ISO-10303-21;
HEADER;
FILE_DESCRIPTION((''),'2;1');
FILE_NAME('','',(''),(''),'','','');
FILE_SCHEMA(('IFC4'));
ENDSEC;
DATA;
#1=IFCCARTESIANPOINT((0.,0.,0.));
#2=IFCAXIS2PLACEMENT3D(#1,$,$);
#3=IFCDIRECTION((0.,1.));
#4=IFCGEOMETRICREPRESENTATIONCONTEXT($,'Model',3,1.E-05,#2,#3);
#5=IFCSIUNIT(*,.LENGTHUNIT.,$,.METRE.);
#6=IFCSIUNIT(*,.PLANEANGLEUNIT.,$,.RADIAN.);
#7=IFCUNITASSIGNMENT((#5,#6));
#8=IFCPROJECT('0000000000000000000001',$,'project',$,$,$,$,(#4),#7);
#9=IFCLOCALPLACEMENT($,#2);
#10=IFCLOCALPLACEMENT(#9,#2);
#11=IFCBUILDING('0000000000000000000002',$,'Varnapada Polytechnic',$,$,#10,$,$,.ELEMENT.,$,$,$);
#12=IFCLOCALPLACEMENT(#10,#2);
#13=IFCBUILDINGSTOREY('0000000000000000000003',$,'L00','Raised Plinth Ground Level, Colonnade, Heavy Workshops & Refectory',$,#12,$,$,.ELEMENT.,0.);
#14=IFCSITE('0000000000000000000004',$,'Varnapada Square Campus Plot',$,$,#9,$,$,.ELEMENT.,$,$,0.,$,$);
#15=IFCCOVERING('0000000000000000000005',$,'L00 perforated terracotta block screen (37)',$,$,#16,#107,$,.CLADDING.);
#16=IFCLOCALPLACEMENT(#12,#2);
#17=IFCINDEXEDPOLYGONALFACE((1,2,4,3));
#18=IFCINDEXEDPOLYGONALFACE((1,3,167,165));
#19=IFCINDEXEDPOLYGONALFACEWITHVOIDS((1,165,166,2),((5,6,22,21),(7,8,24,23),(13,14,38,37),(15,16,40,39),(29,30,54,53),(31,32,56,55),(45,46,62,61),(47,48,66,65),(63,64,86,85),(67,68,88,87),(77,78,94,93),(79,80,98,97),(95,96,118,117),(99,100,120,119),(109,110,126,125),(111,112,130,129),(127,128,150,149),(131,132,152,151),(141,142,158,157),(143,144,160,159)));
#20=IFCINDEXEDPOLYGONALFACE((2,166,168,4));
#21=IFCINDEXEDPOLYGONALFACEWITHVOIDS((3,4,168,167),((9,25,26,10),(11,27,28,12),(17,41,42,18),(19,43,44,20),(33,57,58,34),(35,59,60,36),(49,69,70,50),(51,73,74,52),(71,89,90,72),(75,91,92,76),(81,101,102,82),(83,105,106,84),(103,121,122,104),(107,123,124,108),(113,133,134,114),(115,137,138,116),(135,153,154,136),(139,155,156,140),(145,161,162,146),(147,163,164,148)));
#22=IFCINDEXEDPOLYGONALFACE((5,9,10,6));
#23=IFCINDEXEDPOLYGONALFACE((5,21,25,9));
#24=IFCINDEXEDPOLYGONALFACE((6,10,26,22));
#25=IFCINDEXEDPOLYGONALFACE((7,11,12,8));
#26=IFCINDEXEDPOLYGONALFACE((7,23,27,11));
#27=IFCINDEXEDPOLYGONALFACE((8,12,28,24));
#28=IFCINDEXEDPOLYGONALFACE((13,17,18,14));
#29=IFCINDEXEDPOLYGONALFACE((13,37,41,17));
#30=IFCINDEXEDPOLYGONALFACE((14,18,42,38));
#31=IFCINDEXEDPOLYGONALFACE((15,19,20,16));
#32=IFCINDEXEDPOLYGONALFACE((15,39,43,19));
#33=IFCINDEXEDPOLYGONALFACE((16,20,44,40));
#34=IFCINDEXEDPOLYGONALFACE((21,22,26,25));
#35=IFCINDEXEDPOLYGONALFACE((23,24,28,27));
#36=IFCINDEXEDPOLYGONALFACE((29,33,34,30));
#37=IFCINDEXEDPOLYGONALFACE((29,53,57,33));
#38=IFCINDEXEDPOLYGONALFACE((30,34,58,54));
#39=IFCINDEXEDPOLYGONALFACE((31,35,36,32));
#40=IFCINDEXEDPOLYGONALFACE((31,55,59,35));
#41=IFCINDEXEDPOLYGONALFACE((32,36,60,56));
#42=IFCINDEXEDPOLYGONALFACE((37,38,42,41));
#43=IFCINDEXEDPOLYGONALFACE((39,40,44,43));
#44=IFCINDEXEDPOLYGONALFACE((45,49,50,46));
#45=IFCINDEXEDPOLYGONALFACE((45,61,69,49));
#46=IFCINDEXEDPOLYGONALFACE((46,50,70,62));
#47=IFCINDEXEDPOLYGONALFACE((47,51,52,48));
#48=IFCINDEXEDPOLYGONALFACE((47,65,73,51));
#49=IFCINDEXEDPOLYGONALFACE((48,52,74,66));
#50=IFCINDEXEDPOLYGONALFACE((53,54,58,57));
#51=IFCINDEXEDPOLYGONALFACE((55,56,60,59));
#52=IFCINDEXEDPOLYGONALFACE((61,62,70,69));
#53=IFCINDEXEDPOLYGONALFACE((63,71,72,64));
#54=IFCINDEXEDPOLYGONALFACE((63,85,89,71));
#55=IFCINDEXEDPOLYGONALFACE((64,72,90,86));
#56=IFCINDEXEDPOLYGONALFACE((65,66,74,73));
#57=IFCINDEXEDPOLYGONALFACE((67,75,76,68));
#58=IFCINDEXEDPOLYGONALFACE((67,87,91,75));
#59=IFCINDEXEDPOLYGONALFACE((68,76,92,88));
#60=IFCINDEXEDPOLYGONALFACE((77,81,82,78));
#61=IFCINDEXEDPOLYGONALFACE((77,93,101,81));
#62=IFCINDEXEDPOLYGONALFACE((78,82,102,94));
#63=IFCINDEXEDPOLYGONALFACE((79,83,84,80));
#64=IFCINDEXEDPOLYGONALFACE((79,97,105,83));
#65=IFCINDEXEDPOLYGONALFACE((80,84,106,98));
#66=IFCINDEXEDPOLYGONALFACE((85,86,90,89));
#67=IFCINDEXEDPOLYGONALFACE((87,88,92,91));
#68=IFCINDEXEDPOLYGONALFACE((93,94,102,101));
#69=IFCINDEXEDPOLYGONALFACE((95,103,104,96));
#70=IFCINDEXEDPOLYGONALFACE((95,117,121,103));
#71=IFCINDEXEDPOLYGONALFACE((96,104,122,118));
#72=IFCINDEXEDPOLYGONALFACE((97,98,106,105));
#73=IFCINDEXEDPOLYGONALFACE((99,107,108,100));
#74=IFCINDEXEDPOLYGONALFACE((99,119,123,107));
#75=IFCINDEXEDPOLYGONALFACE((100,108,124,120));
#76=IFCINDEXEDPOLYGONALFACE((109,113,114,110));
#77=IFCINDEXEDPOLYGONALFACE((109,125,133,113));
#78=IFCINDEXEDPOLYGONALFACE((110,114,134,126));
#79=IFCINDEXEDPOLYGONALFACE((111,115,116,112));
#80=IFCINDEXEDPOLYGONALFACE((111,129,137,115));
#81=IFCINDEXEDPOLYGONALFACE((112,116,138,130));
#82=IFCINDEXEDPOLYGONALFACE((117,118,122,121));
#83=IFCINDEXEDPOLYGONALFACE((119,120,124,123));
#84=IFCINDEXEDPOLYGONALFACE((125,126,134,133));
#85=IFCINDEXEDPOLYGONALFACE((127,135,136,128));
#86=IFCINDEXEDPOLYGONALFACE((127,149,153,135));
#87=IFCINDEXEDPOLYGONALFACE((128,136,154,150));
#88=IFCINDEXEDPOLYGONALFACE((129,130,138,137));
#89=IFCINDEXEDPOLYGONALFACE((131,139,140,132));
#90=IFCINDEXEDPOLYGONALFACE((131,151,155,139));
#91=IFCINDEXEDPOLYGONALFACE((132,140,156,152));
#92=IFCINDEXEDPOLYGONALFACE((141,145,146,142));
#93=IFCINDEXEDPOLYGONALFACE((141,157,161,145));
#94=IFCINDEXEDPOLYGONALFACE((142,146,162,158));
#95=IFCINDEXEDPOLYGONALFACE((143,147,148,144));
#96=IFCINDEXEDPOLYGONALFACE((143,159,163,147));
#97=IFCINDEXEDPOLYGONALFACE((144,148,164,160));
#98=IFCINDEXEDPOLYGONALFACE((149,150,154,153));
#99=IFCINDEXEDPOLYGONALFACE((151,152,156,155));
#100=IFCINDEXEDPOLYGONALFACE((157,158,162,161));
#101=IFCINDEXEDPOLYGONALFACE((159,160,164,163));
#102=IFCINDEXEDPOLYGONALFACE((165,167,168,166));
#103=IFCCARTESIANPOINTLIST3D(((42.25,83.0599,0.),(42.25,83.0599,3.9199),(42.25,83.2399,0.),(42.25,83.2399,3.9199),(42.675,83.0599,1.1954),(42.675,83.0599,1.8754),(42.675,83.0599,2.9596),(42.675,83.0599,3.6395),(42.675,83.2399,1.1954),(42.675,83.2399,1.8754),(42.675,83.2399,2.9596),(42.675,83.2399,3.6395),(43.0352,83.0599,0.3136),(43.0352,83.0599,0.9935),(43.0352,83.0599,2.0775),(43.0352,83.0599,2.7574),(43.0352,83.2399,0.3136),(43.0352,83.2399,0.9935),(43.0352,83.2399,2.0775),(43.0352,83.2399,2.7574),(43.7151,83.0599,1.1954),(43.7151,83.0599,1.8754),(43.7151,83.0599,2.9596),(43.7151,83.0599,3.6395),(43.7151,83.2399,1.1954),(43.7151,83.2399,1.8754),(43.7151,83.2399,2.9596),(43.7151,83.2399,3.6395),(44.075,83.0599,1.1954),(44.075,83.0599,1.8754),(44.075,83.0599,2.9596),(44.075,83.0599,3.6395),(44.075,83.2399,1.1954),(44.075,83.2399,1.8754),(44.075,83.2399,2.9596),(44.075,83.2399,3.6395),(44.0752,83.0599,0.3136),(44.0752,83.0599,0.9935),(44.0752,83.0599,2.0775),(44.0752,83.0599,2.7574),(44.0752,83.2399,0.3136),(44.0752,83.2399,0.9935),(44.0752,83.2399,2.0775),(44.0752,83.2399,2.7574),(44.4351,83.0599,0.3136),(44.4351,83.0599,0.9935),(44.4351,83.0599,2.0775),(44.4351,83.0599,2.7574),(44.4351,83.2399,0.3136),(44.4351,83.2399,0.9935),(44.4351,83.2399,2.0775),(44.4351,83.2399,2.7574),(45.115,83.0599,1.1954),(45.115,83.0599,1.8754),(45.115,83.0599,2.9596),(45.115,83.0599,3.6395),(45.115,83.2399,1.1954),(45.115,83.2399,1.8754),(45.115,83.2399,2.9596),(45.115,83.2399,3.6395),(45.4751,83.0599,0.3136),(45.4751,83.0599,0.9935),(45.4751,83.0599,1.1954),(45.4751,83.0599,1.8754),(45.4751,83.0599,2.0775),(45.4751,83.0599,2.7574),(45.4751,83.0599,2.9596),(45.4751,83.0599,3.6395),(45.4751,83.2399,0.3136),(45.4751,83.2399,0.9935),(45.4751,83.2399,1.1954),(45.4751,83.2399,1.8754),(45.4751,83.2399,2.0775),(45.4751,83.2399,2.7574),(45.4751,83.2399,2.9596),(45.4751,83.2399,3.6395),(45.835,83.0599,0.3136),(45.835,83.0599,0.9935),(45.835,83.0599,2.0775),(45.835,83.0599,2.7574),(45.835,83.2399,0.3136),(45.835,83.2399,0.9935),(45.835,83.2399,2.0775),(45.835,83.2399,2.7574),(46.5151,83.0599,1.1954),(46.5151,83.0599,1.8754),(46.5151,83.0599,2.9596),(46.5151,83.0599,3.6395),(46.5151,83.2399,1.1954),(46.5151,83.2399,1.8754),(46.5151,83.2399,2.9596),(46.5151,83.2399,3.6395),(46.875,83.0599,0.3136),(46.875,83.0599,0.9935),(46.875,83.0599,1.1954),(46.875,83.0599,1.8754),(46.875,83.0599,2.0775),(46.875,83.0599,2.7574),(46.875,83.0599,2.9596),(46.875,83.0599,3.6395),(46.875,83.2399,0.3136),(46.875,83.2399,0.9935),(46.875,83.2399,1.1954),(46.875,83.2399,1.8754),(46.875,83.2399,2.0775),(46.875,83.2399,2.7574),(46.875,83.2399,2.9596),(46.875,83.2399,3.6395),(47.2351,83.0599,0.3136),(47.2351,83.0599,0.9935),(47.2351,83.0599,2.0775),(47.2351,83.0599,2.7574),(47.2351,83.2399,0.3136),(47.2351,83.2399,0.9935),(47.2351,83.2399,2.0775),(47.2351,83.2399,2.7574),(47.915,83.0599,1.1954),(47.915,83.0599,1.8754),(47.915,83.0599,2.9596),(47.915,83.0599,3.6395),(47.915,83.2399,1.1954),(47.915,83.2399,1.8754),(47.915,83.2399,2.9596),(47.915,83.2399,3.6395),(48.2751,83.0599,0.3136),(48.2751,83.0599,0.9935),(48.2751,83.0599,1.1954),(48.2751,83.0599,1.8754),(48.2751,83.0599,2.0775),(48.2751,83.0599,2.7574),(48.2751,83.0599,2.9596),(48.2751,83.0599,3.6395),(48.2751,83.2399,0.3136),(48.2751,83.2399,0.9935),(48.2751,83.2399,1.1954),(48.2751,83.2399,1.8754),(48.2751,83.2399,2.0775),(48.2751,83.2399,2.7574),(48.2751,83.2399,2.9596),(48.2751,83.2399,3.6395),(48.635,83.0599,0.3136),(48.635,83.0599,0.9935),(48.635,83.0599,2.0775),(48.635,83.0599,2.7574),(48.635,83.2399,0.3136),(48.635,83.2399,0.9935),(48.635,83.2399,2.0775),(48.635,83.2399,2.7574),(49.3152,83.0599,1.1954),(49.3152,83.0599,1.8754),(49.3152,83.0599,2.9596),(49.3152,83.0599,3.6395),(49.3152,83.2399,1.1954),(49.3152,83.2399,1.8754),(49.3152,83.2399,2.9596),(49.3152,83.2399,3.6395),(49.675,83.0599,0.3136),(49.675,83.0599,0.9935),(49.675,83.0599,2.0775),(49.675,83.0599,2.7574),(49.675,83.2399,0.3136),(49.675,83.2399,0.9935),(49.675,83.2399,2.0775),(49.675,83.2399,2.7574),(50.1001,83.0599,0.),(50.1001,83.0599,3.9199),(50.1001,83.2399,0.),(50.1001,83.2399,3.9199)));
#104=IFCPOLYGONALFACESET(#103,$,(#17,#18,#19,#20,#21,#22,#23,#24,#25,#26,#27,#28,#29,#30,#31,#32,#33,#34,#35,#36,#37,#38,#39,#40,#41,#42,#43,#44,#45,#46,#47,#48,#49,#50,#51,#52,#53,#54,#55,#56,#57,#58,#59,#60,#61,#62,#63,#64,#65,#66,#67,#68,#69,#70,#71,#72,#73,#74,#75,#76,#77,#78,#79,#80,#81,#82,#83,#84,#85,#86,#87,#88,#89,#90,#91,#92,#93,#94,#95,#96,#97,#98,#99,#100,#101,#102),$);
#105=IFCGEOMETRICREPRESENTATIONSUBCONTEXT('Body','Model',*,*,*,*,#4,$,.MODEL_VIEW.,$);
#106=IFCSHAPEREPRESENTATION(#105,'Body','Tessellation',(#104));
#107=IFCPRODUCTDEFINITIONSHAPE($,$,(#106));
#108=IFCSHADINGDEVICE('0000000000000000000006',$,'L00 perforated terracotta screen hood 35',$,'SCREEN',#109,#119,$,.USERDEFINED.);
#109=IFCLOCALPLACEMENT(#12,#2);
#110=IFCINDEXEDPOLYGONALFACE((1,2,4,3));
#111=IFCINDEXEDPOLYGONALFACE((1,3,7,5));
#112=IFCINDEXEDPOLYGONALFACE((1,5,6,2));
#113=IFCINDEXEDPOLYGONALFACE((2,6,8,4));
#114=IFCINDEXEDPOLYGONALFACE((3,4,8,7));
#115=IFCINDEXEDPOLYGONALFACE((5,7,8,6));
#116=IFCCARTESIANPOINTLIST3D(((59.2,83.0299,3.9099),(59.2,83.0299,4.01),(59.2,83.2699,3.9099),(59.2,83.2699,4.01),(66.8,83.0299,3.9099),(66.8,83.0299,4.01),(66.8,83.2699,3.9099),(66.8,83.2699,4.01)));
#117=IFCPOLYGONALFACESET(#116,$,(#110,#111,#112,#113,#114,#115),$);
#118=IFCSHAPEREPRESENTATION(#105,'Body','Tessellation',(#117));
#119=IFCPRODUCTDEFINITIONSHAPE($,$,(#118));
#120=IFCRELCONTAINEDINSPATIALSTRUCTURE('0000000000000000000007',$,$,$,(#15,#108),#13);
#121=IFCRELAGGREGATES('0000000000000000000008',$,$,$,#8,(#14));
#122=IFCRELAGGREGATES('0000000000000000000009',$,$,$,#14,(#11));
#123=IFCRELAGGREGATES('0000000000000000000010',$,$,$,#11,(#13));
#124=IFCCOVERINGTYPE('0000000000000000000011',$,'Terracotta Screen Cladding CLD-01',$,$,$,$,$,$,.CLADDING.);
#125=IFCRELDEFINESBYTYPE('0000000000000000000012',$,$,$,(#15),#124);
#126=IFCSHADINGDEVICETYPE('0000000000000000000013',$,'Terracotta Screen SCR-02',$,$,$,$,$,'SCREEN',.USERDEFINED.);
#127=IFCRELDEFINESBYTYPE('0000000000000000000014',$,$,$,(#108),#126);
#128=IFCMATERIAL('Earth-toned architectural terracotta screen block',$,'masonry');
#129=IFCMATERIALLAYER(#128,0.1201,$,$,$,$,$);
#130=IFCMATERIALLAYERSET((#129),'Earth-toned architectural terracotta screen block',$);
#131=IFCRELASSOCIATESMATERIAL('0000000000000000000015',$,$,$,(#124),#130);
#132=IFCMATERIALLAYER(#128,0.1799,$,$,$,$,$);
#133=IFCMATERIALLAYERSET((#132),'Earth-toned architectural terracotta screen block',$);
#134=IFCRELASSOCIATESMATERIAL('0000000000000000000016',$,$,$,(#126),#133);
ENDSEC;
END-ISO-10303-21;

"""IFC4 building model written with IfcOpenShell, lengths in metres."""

from ifc_helpers import new_model, si_unit, direction, frame, frame_2d, origin, origin_2d, place, context, subcontext, project, spatial, rectangle, extrude, material, layer, layer_set, type_object, element, save


model = new_model("IFC4")

# Units and contexts
model_context = context("Model", 3, precision=1e-05, world=origin(), true_north=direction((0.0, 1.0)))
body_context = subcontext(model_context, "Body", "Model", "MODEL_VIEW")
ifc_project = project(units=[si_unit("LENGTHUNIT", "METRE"), si_unit("PLANEANGLEUNIT", "RADIAN")], contexts=[model_context])

# Site, building, storey
site_placement = place(None, origin())
site = spatial("IfcSite", under=ifc_project, at=site_placement, Name="Varnapada Square Campus Plot", CompositionType="ELEMENT", RefElevation=0.0)
building_placement = place(site_placement, origin())
building = spatial("IfcBuilding", under=site, at=building_placement, Name="Varnapada Polytechnic", CompositionType="ELEMENT")
storey_placement = place(building_placement, origin())
storey = spatial("IfcBuildingStorey", under=building, at=storey_placement, Name="L00", Description="Raised Plinth Ground Level, Colonnade, Heavy Workshops & Refectory", CompositionType="ELEMENT", Elevation=0.0)

# Covering, openings
ifc_material_1 = material(Name="Earth-toned architectural terracotta screen block", Category="masonry")
ifc_layer_1 = layer(ifc_material_1, 0.1201)
ifc_layer_set_1 = layer_set([ifc_layer_1], Name="Earth-toned architectural terracotta screen block")
covering_type = type_object("IfcCoveringType", Name="Terracotta Screen Cladding CLD-01", PredefinedType="CLADDING", material=ifc_layer_set_1)
covering_placement = place(storey_placement, frame((50.1001, 83.1499, 0.0), z_axis=(0.0, 0.0, 1.0), x_axis=(-1.0, 0.0, 0.0)))
covering = element("IfcCovering", 1, at=covering_placement, inside=storey, type_object=covering_type, Name="L00 perforated terracotta block screen (37)", PredefinedType="CLADDING", context=body_context, shape_type="SweptSolid", body=[
    extrude(rectangle(XDim=7.8501, YDim=0.1799, at=frame_2d((3.925, 0.0))), origin(), (0.0, 0.0, 1.0), 3.9199),
])
opening_1_placement = place(covering_placement, frame((0.425, 0.0, 0.3137)))
element("IfcOpeningElement", 2, at=opening_1_placement, cuts=covering, PredefinedType="OPENING", context=body_context, shape_type="SweptSolid", body=[
    extrude(rectangle(XDim=1.04, YDim=0.6799, at=frame_2d((0.52, 0.3398))), frame((0.0, 0.0999, 0.0), z_axis=(0.0, -1.0, 0.0), x_axis=(1.0, 0.0, 0.0)), (0.0, 0.0, 1.0), 0.2),
])
opening_2_placement = place(covering_placement, frame((1.825, 0.0, 0.3137)))
element("IfcOpeningElement", 3, at=opening_2_placement, cuts=covering, PredefinedType="OPENING", context=body_context, shape_type="SweptSolid", body=[
    extrude(rectangle(XDim=1.04, YDim=0.6799, at=frame_2d((0.52, 0.3398))), frame((0.0, 0.0999, 0.0), z_axis=(0.0, -1.0, 0.0), x_axis=(1.0, 0.0, 0.0)), (0.0, 0.0, 1.0), 0.2),
])
opening_3_placement = place(covering_placement, frame((3.2251, 0.0, 0.3137)))
element("IfcOpeningElement", 4, at=opening_3_placement, cuts=covering, PredefinedType="OPENING", context=body_context, shape_type="SweptSolid", body=[
    extrude(rectangle(XDim=1.04, YDim=0.6799, at=frame_2d((0.52, 0.3398))), frame((0.0, 0.0999, 0.0), z_axis=(0.0, -1.0, 0.0), x_axis=(1.0, 0.0, 0.0)), (0.0, 0.0, 1.0), 0.2),
])
opening_4_placement = place(covering_placement, frame((4.625, 0.0, 0.3137)))
element("IfcOpeningElement", 5, at=opening_4_placement, cuts=covering, PredefinedType="OPENING", context=body_context, shape_type="SweptSolid", body=[
    extrude(rectangle(XDim=1.04, YDim=0.6799, at=frame_2d((0.52, 0.3398))), frame((0.0, 0.0999, 0.0), z_axis=(0.0, -1.0, 0.0), x_axis=(1.0, 0.0, 0.0)), (0.0, 0.0, 1.0), 0.2),
])
opening_5_placement = place(covering_placement, frame((6.0249, 0.0, 0.3137)))
element("IfcOpeningElement", 6, at=opening_5_placement, cuts=covering, PredefinedType="OPENING", context=body_context, shape_type="SweptSolid", body=[
    extrude(rectangle(XDim=1.04, YDim=0.6799, at=frame_2d((0.52, 0.3398))), frame((0.0, 0.0999, 0.0), z_axis=(0.0, -1.0, 0.0), x_axis=(1.0, 0.0, 0.0)), (0.0, 0.0, 1.0), 0.2),
])
opening_6_placement = place(covering_placement, frame((0.7849, 0.0, 1.1956)))
element("IfcOpeningElement", 7, at=opening_6_placement, cuts=covering, PredefinedType="OPENING", context=body_context, shape_type="SweptSolid", body=[
    extrude(rectangle(XDim=1.04, YDim=0.6799, at=frame_2d((0.52, 0.3398))), frame((0.0, 0.0999, 0.0), z_axis=(0.0, -1.0, 0.0), x_axis=(1.0, 0.0, 0.0)), (0.0, 0.0, 1.0), 0.2),
])
opening_7_placement = place(covering_placement, frame((2.1851, 0.0, 1.1956)))
element("IfcOpeningElement", 8, at=opening_7_placement, cuts=covering, PredefinedType="OPENING", context=body_context, shape_type="SweptSolid", body=[
    extrude(rectangle(XDim=1.04, YDim=0.6799, at=frame_2d((0.52, 0.3398))), frame((0.0, 0.0999, 0.0), z_axis=(0.0, -1.0, 0.0), x_axis=(1.0, 0.0, 0.0)), (0.0, 0.0, 1.0), 0.2),
])
opening_8_placement = place(covering_placement, frame((3.585, 0.0, 1.1956)))
element("IfcOpeningElement", 9, at=opening_8_placement, cuts=covering, PredefinedType="OPENING", context=body_context, shape_type="SweptSolid", body=[
    extrude(rectangle(XDim=1.04, YDim=0.6799, at=frame_2d((0.52, 0.3398))), frame((0.0, 0.0999, 0.0), z_axis=(0.0, -1.0, 0.0), x_axis=(1.0, 0.0, 0.0)), (0.0, 0.0, 1.0), 0.2),
])
opening_9_placement = place(covering_placement, frame((4.9851, 0.0, 1.1956)))
element("IfcOpeningElement", 10, at=opening_9_placement, cuts=covering, PredefinedType="OPENING", context=body_context, shape_type="SweptSolid", body=[
    extrude(rectangle(XDim=1.04, YDim=0.6799, at=frame_2d((0.52, 0.3398))), frame((0.0, 0.0999, 0.0), z_axis=(0.0, -1.0, 0.0), x_axis=(1.0, 0.0, 0.0)), (0.0, 0.0, 1.0), 0.2),
])
opening_10_placement = place(covering_placement, frame((6.385, 0.0, 1.1956)))
element("IfcOpeningElement", 11, at=opening_10_placement, cuts=covering, PredefinedType="OPENING", context=body_context, shape_type="SweptSolid", body=[
    extrude(rectangle(XDim=1.04, YDim=0.6799, at=frame_2d((0.52, 0.3398))), frame((0.0, 0.0999, 0.0), z_axis=(0.0, -1.0, 0.0), x_axis=(1.0, 0.0, 0.0)), (0.0, 0.0, 1.0), 0.2),
])
opening_11_placement = place(covering_placement, frame((0.425, 0.0, 2.0776)))
element("IfcOpeningElement", 12, at=opening_11_placement, cuts=covering, PredefinedType="OPENING", context=body_context, shape_type="SweptSolid", body=[
    extrude(rectangle(XDim=1.04, YDim=0.6799, at=frame_2d((0.52, 0.3398))), frame((0.0, 0.0999, 0.0), z_axis=(0.0, -1.0, 0.0), x_axis=(1.0, 0.0, 0.0)), (0.0, 0.0, 1.0), 0.2),
])
opening_12_placement = place(covering_placement, frame((1.825, 0.0, 2.0776)))
element("IfcOpeningElement", 13, at=opening_12_placement, cuts=covering, PredefinedType="OPENING", context=body_context, shape_type="SweptSolid", body=[
    extrude(rectangle(XDim=1.04, YDim=0.6799, at=frame_2d((0.52, 0.3398))), frame((0.0, 0.0999, 0.0), z_axis=(0.0, -1.0, 0.0), x_axis=(1.0, 0.0, 0.0)), (0.0, 0.0, 1.0), 0.2),
])
opening_13_placement = place(covering_placement, frame((3.2251, 0.0, 2.0776)))
element("IfcOpeningElement", 14, at=opening_13_placement, cuts=covering, PredefinedType="OPENING", context=body_context, shape_type="SweptSolid", body=[
    extrude(rectangle(XDim=1.04, YDim=0.6799, at=frame_2d((0.52, 0.3398))), frame((0.0, 0.0999, 0.0), z_axis=(0.0, -1.0, 0.0), x_axis=(1.0, 0.0, 0.0)), (0.0, 0.0, 1.0), 0.2),
])
opening_14_placement = place(covering_placement, frame((4.625, 0.0, 2.0776)))
element("IfcOpeningElement", 15, at=opening_14_placement, cuts=covering, PredefinedType="OPENING", context=body_context, shape_type="SweptSolid", body=[
    extrude(rectangle(XDim=1.04, YDim=0.6799, at=frame_2d((0.52, 0.3398))), frame((0.0, 0.0999, 0.0), z_axis=(0.0, -1.0, 0.0), x_axis=(1.0, 0.0, 0.0)), (0.0, 0.0, 1.0), 0.2),
])
opening_15_placement = place(covering_placement, frame((6.0249, 0.0, 2.0776)))
element("IfcOpeningElement", 16, at=opening_15_placement, cuts=covering, PredefinedType="OPENING", context=body_context, shape_type="SweptSolid", body=[
    extrude(rectangle(XDim=1.04, YDim=0.6799, at=frame_2d((0.52, 0.3398))), frame((0.0, 0.0999, 0.0), z_axis=(0.0, -1.0, 0.0), x_axis=(1.0, 0.0, 0.0)), (0.0, 0.0, 1.0), 0.2),
])
opening_16_placement = place(covering_placement, frame((0.7849, 0.0, 2.9597)))
element("IfcOpeningElement", 17, at=opening_16_placement, cuts=covering, PredefinedType="OPENING", context=body_context, shape_type="SweptSolid", body=[
    extrude(rectangle(XDim=1.04, YDim=0.6799, at=frame_2d((0.52, 0.3398))), frame((0.0, 0.0999, 0.0), z_axis=(0.0, -1.0, 0.0), x_axis=(1.0, 0.0, 0.0)), (0.0, 0.0, 1.0), 0.2),
])
opening_17_placement = place(covering_placement, frame((2.1851, 0.0, 2.9597)))
element("IfcOpeningElement", 18, at=opening_17_placement, cuts=covering, PredefinedType="OPENING", context=body_context, shape_type="SweptSolid", body=[
    extrude(rectangle(XDim=1.04, YDim=0.6799, at=frame_2d((0.52, 0.3398))), frame((0.0, 0.0999, 0.0), z_axis=(0.0, -1.0, 0.0), x_axis=(1.0, 0.0, 0.0)), (0.0, 0.0, 1.0), 0.2),
])
opening_18_placement = place(covering_placement, frame((3.585, 0.0, 2.9597)))
element("IfcOpeningElement", 19, at=opening_18_placement, cuts=covering, PredefinedType="OPENING", context=body_context, shape_type="SweptSolid", body=[
    extrude(rectangle(XDim=1.04, YDim=0.6799, at=frame_2d((0.52, 0.3398))), frame((0.0, 0.0999, 0.0), z_axis=(0.0, -1.0, 0.0), x_axis=(1.0, 0.0, 0.0)), (0.0, 0.0, 1.0), 0.2),
])
opening_19_placement = place(covering_placement, frame((4.9851, 0.0, 2.9597)))
element("IfcOpeningElement", 20, at=opening_19_placement, cuts=covering, PredefinedType="OPENING", context=body_context, shape_type="SweptSolid", body=[
    extrude(rectangle(XDim=1.04, YDim=0.6799, at=frame_2d((0.52, 0.3398))), frame((0.0, 0.0999, 0.0), z_axis=(0.0, -1.0, 0.0), x_axis=(1.0, 0.0, 0.0)), (0.0, 0.0, 1.0), 0.2),
])
opening_20_placement = place(covering_placement, frame((6.385, 0.0, 2.9597)))
element("IfcOpeningElement", 21, at=opening_20_placement, cuts=covering, PredefinedType="OPENING", context=body_context, shape_type="SweptSolid", body=[
    extrude(rectangle(XDim=1.04, YDim=0.6799, at=frame_2d((0.52, 0.3398))), frame((0.0, 0.0999, 0.0), z_axis=(0.0, -1.0, 0.0), x_axis=(1.0, 0.0, 0.0)), (0.0, 0.0, 1.0), 0.2),
])

# Shading device
ifc_layer_2 = layer(ifc_material_1, 0.1799)
ifc_layer_set_2 = layer_set([ifc_layer_2], Name="Earth-toned architectural terracotta screen block")
shading_device_type_1 = type_object("IfcShadingDeviceType", Name="Terracotta Screen SCR-02", ElementType="SCREEN", PredefinedType="USERDEFINED", material=ifc_layer_set_2)
shading_device_1_placement = place(storey_placement, frame((63.0, 83.1499, 3.9099), z_axis=(0.0, 0.0, 1.0), x_axis=(-1.0, 0.0, 0.0)))
element("IfcShadingDevice", 22, at=shading_device_1_placement, inside=storey, type_object=shading_device_type_1, Name="L00 perforated terracotta screen hood 35", ObjectType="SCREEN", PredefinedType="USERDEFINED", context=body_context, shape_type="SweptSolid", body=[
    extrude(rectangle(XDim=7.6001, YDim=0.24, at=origin_2d()), origin(), (0.0, 0.0, 1.0), 0.1001),
])

save(model, "model.ifc")
